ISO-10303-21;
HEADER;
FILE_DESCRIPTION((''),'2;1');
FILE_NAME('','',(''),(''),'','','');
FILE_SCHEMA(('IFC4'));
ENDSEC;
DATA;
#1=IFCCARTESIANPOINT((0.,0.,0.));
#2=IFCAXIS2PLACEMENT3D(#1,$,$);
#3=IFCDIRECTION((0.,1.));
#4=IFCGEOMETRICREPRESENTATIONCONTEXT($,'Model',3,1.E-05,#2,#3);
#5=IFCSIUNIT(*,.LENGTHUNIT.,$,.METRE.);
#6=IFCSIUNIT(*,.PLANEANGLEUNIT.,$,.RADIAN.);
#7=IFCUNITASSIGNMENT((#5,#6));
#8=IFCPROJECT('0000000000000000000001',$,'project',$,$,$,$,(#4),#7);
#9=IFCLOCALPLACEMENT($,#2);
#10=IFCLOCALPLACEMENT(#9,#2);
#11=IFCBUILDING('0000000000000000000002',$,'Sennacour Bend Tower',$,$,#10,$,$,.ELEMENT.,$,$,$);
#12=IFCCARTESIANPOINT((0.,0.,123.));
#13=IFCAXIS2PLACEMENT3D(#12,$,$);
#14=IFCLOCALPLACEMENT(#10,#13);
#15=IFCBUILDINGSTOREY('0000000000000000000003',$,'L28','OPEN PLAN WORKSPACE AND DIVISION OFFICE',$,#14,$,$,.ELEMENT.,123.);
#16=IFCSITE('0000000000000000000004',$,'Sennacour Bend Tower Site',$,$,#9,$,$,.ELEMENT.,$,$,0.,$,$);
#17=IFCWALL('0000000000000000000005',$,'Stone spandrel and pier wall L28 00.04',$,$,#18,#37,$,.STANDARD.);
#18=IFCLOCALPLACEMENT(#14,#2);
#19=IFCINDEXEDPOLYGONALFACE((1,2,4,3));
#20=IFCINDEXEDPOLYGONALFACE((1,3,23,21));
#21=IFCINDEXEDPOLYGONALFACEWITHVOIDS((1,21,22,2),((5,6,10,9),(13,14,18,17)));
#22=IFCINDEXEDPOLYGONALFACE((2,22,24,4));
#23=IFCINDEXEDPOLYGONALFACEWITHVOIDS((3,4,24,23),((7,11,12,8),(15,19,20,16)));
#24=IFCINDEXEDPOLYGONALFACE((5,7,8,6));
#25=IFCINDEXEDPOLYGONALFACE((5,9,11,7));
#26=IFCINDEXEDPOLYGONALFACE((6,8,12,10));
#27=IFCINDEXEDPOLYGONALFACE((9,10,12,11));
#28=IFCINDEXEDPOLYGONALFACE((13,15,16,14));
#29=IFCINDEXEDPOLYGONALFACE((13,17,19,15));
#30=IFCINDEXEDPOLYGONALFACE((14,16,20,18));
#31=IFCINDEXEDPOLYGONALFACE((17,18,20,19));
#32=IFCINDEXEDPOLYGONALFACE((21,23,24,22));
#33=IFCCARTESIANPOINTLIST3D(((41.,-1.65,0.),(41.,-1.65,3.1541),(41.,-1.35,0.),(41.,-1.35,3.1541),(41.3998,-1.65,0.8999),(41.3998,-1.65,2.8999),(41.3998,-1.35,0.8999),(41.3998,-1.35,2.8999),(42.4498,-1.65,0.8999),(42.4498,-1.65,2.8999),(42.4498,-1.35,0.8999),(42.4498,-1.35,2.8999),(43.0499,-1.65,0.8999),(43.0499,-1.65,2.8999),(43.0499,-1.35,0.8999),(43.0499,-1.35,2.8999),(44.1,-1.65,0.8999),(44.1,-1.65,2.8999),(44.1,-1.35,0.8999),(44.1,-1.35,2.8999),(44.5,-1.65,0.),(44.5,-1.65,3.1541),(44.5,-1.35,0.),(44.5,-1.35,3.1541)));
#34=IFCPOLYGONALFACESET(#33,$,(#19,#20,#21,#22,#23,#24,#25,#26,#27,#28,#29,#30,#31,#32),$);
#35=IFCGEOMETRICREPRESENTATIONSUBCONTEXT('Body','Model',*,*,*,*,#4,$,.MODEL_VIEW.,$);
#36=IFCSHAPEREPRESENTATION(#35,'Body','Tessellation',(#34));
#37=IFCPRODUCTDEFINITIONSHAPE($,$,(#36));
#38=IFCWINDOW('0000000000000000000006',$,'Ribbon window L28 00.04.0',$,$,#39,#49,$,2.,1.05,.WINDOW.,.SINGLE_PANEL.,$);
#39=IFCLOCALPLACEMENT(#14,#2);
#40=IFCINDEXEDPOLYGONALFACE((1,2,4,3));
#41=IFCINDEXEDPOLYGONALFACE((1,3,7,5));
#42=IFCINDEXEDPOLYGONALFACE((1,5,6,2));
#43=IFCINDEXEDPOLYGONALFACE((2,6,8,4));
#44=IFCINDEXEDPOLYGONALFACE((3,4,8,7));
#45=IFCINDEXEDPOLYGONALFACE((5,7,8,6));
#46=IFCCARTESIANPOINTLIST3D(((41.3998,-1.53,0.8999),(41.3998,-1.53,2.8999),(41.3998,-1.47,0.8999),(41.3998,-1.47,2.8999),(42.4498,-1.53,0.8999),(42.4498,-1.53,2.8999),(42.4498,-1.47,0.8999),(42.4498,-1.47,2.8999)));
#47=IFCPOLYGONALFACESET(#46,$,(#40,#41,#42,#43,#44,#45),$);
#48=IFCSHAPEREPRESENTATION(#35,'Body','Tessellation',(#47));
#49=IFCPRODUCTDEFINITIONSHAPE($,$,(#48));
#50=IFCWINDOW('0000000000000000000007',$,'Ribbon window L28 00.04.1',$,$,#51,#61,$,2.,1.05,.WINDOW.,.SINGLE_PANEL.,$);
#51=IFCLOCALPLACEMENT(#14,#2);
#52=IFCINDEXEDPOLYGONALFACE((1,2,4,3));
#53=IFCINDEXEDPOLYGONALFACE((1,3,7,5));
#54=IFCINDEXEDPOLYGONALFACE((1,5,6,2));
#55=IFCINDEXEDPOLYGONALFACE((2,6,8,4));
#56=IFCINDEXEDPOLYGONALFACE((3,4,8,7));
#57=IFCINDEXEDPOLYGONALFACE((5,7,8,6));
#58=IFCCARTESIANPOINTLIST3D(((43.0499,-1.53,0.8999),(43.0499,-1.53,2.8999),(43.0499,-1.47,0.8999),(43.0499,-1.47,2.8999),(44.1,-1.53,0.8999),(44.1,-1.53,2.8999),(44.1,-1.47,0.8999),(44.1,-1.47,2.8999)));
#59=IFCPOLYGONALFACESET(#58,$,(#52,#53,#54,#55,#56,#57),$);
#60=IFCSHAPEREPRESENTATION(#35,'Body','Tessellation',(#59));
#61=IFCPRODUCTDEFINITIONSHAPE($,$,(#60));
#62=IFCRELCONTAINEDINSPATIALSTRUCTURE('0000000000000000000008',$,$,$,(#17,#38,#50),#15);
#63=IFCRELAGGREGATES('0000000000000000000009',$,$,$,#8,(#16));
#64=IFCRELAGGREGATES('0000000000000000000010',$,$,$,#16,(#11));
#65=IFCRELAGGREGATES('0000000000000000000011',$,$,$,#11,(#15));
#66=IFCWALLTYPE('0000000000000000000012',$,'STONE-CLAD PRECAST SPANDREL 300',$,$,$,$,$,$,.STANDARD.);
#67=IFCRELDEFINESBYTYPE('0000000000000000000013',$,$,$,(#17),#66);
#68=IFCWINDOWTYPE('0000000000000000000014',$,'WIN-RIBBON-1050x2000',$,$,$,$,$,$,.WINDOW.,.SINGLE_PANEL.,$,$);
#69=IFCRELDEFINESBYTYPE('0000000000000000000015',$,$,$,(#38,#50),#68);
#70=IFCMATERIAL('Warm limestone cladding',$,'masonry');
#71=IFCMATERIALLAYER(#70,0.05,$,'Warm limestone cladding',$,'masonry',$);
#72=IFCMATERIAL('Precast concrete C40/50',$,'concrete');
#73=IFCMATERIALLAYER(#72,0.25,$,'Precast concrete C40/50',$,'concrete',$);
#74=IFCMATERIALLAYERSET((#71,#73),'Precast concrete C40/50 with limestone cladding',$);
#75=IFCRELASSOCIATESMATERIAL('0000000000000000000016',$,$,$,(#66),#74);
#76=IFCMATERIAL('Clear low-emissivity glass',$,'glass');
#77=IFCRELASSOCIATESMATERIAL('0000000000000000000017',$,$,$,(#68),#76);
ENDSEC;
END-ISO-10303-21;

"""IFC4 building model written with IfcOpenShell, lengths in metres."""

from ifc_helpers import new_model, si_unit, direction, frame, frame_2d, origin, place, context, subcontext, project, spatial, rectangle, extrude, material, layer, layer_set, type_object, element, fill, save


model = new_model("IFC4")

# Units and contexts
model_context = context("Model", 3, precision=1e-05, world=origin(), true_north=direction((0.0, 1.0)))
body_context = subcontext(model_context, "Body", "Model", "MODEL_VIEW")
ifc_project = project(units=[si_unit("LENGTHUNIT", "METRE"), si_unit("PLANEANGLEUNIT", "RADIAN")], contexts=[model_context])

# Site, building, storey
site_placement = place(None, origin())
site = spatial("IfcSite", under=ifc_project, at=site_placement, Name="Sennacour Bend Tower Site", CompositionType="ELEMENT", RefElevation=0.0)
building_placement = place(site_placement, origin())
building = spatial("IfcBuilding", under=site, at=building_placement, Name="Sennacour Bend Tower", CompositionType="ELEMENT")
storey_placement = place(building_placement, frame((0.0, 0.0, 123.0)))
storey = spatial("IfcBuildingStorey", under=building, at=storey_placement, Name="L28", Description="OPEN PLAN WORKSPACE AND DIVISION OFFICE", CompositionType="ELEMENT", Elevation=123.0)

# Wall, openings, windows
ifc_material_1 = material(Name="Warm limestone cladding", Category="masonry")
ifc_layer_1 = layer(ifc_material_1, 0.05, Name="Warm limestone cladding", Category="masonry")
ifc_material_2 = material(Name="Precast concrete C40/50", Category="concrete")
ifc_layer_2 = layer(ifc_material_2, 0.25, Name="Precast concrete C40/50", Category="concrete")
ifc_layer_set_1 = layer_set([ifc_layer_1, ifc_layer_2], Name="Precast concrete C40/50 with limestone cladding")
wall_type_1 = type_object("IfcWallType", Name="STONE-CLAD PRECAST SPANDREL 300", PredefinedType="STANDARD", material=ifc_layer_set_1)
ifc_material_3 = material(Name="Clear low-emissivity glass", Category="glass")
window_type = type_object("IfcWindowType", Name="WIN-RIBBON-1050x2000", PartitioningType="SINGLE_PANEL", PredefinedType="WINDOW", material=ifc_material_3)
wall_1_placement = place(storey_placement, frame((41.0, -1.5, 0.0), z_axis=(0.0, 0.0, 1.0), x_axis=(1.0, 0.0, 0.0)))
wall_1 = element("IfcWall", 1, at=wall_1_placement, inside=storey, type_object=wall_type_1, Name="Stone spandrel and pier wall L28 00.04", PredefinedType="STANDARD", context=body_context, shape_type="SweptSolid", body=[
    extrude(rectangle(XDim=3.5, YDim=0.3, at=frame_2d((1.75, 0.0))), origin(), (0.0, 0.0, 1.0), 3.1541),
])
opening_1_placement = place(wall_1_placement, frame((0.3999, 0.0, 0.8999)))
opening_1 = element("IfcOpeningElement", 2, at=opening_1_placement, cuts=wall_1, PredefinedType="OPENING", context=body_context, shape_type="SweptSolid", body=[
    extrude(rectangle(XDim=1.05, YDim=2.0, at=frame_2d((0.5249, 1.0))), frame((0.0, 0.1602, 0.0), z_axis=(0.0, -1.0, 0.0), x_axis=(1.0, 0.0, 0.0)), (0.0, 0.0, 1.0), 0.3201),
])
opening_2_placement = place(wall_1_placement, frame((2.05, 0.0, 0.8999)))
opening_2 = element("IfcOpeningElement", 3, at=opening_2_placement, cuts=wall_1, PredefinedType="OPENING", context=body_context, shape_type="SweptSolid", body=[
    extrude(rectangle(XDim=1.05, YDim=2.0, at=frame_2d((0.5249, 1.0))), frame((0.0, 0.1602, 0.0), z_axis=(0.0, -1.0, 0.0), x_axis=(1.0, 0.0, 0.0)), (0.0, 0.0, 1.0), 0.3201),
])
window_1_placement = place(opening_1_placement, origin())
window_1 = element("IfcWindow", 4, at=window_1_placement, inside=storey, type_object=window_type, Name="Ribbon window L28 00.04.0", OverallHeight=2.0, OverallWidth=1.05, PartitioningType="SINGLE_PANEL", PredefinedType="WINDOW", context=body_context, shape_type="SweptSolid", body=[
    extrude(rectangle(XDim=1.05, YDim=2.0, at=frame_2d((0.5249, 1.0))), frame((0.0, 0.03, 0.0), z_axis=(0.0, -1.0, 0.0), x_axis=(1.0, 0.0, 0.0)), (0.0, 0.0, 1.0), 0.0601),
])
fill(opening_1, window_1)
window_2_placement = place(opening_2_placement, origin())
window_2 = element("IfcWindow", 5, at=window_2_placement, inside=storey, type_object=window_type, Name="Ribbon window L28 00.04.1", OverallHeight=2.0, OverallWidth=1.05, PartitioningType="SINGLE_PANEL", PredefinedType="WINDOW", context=body_context, shape_type="SweptSolid", body=[
    extrude(rectangle(XDim=1.05, YDim=2.0, at=frame_2d((0.5249, 1.0))), frame((0.0, 0.03, 0.0), z_axis=(0.0, -1.0, 0.0), x_axis=(1.0, 0.0, 0.0)), (0.0, 0.0, 1.0), 0.0601),
])
fill(opening_2, window_2)

save(model, "model.ifc")
